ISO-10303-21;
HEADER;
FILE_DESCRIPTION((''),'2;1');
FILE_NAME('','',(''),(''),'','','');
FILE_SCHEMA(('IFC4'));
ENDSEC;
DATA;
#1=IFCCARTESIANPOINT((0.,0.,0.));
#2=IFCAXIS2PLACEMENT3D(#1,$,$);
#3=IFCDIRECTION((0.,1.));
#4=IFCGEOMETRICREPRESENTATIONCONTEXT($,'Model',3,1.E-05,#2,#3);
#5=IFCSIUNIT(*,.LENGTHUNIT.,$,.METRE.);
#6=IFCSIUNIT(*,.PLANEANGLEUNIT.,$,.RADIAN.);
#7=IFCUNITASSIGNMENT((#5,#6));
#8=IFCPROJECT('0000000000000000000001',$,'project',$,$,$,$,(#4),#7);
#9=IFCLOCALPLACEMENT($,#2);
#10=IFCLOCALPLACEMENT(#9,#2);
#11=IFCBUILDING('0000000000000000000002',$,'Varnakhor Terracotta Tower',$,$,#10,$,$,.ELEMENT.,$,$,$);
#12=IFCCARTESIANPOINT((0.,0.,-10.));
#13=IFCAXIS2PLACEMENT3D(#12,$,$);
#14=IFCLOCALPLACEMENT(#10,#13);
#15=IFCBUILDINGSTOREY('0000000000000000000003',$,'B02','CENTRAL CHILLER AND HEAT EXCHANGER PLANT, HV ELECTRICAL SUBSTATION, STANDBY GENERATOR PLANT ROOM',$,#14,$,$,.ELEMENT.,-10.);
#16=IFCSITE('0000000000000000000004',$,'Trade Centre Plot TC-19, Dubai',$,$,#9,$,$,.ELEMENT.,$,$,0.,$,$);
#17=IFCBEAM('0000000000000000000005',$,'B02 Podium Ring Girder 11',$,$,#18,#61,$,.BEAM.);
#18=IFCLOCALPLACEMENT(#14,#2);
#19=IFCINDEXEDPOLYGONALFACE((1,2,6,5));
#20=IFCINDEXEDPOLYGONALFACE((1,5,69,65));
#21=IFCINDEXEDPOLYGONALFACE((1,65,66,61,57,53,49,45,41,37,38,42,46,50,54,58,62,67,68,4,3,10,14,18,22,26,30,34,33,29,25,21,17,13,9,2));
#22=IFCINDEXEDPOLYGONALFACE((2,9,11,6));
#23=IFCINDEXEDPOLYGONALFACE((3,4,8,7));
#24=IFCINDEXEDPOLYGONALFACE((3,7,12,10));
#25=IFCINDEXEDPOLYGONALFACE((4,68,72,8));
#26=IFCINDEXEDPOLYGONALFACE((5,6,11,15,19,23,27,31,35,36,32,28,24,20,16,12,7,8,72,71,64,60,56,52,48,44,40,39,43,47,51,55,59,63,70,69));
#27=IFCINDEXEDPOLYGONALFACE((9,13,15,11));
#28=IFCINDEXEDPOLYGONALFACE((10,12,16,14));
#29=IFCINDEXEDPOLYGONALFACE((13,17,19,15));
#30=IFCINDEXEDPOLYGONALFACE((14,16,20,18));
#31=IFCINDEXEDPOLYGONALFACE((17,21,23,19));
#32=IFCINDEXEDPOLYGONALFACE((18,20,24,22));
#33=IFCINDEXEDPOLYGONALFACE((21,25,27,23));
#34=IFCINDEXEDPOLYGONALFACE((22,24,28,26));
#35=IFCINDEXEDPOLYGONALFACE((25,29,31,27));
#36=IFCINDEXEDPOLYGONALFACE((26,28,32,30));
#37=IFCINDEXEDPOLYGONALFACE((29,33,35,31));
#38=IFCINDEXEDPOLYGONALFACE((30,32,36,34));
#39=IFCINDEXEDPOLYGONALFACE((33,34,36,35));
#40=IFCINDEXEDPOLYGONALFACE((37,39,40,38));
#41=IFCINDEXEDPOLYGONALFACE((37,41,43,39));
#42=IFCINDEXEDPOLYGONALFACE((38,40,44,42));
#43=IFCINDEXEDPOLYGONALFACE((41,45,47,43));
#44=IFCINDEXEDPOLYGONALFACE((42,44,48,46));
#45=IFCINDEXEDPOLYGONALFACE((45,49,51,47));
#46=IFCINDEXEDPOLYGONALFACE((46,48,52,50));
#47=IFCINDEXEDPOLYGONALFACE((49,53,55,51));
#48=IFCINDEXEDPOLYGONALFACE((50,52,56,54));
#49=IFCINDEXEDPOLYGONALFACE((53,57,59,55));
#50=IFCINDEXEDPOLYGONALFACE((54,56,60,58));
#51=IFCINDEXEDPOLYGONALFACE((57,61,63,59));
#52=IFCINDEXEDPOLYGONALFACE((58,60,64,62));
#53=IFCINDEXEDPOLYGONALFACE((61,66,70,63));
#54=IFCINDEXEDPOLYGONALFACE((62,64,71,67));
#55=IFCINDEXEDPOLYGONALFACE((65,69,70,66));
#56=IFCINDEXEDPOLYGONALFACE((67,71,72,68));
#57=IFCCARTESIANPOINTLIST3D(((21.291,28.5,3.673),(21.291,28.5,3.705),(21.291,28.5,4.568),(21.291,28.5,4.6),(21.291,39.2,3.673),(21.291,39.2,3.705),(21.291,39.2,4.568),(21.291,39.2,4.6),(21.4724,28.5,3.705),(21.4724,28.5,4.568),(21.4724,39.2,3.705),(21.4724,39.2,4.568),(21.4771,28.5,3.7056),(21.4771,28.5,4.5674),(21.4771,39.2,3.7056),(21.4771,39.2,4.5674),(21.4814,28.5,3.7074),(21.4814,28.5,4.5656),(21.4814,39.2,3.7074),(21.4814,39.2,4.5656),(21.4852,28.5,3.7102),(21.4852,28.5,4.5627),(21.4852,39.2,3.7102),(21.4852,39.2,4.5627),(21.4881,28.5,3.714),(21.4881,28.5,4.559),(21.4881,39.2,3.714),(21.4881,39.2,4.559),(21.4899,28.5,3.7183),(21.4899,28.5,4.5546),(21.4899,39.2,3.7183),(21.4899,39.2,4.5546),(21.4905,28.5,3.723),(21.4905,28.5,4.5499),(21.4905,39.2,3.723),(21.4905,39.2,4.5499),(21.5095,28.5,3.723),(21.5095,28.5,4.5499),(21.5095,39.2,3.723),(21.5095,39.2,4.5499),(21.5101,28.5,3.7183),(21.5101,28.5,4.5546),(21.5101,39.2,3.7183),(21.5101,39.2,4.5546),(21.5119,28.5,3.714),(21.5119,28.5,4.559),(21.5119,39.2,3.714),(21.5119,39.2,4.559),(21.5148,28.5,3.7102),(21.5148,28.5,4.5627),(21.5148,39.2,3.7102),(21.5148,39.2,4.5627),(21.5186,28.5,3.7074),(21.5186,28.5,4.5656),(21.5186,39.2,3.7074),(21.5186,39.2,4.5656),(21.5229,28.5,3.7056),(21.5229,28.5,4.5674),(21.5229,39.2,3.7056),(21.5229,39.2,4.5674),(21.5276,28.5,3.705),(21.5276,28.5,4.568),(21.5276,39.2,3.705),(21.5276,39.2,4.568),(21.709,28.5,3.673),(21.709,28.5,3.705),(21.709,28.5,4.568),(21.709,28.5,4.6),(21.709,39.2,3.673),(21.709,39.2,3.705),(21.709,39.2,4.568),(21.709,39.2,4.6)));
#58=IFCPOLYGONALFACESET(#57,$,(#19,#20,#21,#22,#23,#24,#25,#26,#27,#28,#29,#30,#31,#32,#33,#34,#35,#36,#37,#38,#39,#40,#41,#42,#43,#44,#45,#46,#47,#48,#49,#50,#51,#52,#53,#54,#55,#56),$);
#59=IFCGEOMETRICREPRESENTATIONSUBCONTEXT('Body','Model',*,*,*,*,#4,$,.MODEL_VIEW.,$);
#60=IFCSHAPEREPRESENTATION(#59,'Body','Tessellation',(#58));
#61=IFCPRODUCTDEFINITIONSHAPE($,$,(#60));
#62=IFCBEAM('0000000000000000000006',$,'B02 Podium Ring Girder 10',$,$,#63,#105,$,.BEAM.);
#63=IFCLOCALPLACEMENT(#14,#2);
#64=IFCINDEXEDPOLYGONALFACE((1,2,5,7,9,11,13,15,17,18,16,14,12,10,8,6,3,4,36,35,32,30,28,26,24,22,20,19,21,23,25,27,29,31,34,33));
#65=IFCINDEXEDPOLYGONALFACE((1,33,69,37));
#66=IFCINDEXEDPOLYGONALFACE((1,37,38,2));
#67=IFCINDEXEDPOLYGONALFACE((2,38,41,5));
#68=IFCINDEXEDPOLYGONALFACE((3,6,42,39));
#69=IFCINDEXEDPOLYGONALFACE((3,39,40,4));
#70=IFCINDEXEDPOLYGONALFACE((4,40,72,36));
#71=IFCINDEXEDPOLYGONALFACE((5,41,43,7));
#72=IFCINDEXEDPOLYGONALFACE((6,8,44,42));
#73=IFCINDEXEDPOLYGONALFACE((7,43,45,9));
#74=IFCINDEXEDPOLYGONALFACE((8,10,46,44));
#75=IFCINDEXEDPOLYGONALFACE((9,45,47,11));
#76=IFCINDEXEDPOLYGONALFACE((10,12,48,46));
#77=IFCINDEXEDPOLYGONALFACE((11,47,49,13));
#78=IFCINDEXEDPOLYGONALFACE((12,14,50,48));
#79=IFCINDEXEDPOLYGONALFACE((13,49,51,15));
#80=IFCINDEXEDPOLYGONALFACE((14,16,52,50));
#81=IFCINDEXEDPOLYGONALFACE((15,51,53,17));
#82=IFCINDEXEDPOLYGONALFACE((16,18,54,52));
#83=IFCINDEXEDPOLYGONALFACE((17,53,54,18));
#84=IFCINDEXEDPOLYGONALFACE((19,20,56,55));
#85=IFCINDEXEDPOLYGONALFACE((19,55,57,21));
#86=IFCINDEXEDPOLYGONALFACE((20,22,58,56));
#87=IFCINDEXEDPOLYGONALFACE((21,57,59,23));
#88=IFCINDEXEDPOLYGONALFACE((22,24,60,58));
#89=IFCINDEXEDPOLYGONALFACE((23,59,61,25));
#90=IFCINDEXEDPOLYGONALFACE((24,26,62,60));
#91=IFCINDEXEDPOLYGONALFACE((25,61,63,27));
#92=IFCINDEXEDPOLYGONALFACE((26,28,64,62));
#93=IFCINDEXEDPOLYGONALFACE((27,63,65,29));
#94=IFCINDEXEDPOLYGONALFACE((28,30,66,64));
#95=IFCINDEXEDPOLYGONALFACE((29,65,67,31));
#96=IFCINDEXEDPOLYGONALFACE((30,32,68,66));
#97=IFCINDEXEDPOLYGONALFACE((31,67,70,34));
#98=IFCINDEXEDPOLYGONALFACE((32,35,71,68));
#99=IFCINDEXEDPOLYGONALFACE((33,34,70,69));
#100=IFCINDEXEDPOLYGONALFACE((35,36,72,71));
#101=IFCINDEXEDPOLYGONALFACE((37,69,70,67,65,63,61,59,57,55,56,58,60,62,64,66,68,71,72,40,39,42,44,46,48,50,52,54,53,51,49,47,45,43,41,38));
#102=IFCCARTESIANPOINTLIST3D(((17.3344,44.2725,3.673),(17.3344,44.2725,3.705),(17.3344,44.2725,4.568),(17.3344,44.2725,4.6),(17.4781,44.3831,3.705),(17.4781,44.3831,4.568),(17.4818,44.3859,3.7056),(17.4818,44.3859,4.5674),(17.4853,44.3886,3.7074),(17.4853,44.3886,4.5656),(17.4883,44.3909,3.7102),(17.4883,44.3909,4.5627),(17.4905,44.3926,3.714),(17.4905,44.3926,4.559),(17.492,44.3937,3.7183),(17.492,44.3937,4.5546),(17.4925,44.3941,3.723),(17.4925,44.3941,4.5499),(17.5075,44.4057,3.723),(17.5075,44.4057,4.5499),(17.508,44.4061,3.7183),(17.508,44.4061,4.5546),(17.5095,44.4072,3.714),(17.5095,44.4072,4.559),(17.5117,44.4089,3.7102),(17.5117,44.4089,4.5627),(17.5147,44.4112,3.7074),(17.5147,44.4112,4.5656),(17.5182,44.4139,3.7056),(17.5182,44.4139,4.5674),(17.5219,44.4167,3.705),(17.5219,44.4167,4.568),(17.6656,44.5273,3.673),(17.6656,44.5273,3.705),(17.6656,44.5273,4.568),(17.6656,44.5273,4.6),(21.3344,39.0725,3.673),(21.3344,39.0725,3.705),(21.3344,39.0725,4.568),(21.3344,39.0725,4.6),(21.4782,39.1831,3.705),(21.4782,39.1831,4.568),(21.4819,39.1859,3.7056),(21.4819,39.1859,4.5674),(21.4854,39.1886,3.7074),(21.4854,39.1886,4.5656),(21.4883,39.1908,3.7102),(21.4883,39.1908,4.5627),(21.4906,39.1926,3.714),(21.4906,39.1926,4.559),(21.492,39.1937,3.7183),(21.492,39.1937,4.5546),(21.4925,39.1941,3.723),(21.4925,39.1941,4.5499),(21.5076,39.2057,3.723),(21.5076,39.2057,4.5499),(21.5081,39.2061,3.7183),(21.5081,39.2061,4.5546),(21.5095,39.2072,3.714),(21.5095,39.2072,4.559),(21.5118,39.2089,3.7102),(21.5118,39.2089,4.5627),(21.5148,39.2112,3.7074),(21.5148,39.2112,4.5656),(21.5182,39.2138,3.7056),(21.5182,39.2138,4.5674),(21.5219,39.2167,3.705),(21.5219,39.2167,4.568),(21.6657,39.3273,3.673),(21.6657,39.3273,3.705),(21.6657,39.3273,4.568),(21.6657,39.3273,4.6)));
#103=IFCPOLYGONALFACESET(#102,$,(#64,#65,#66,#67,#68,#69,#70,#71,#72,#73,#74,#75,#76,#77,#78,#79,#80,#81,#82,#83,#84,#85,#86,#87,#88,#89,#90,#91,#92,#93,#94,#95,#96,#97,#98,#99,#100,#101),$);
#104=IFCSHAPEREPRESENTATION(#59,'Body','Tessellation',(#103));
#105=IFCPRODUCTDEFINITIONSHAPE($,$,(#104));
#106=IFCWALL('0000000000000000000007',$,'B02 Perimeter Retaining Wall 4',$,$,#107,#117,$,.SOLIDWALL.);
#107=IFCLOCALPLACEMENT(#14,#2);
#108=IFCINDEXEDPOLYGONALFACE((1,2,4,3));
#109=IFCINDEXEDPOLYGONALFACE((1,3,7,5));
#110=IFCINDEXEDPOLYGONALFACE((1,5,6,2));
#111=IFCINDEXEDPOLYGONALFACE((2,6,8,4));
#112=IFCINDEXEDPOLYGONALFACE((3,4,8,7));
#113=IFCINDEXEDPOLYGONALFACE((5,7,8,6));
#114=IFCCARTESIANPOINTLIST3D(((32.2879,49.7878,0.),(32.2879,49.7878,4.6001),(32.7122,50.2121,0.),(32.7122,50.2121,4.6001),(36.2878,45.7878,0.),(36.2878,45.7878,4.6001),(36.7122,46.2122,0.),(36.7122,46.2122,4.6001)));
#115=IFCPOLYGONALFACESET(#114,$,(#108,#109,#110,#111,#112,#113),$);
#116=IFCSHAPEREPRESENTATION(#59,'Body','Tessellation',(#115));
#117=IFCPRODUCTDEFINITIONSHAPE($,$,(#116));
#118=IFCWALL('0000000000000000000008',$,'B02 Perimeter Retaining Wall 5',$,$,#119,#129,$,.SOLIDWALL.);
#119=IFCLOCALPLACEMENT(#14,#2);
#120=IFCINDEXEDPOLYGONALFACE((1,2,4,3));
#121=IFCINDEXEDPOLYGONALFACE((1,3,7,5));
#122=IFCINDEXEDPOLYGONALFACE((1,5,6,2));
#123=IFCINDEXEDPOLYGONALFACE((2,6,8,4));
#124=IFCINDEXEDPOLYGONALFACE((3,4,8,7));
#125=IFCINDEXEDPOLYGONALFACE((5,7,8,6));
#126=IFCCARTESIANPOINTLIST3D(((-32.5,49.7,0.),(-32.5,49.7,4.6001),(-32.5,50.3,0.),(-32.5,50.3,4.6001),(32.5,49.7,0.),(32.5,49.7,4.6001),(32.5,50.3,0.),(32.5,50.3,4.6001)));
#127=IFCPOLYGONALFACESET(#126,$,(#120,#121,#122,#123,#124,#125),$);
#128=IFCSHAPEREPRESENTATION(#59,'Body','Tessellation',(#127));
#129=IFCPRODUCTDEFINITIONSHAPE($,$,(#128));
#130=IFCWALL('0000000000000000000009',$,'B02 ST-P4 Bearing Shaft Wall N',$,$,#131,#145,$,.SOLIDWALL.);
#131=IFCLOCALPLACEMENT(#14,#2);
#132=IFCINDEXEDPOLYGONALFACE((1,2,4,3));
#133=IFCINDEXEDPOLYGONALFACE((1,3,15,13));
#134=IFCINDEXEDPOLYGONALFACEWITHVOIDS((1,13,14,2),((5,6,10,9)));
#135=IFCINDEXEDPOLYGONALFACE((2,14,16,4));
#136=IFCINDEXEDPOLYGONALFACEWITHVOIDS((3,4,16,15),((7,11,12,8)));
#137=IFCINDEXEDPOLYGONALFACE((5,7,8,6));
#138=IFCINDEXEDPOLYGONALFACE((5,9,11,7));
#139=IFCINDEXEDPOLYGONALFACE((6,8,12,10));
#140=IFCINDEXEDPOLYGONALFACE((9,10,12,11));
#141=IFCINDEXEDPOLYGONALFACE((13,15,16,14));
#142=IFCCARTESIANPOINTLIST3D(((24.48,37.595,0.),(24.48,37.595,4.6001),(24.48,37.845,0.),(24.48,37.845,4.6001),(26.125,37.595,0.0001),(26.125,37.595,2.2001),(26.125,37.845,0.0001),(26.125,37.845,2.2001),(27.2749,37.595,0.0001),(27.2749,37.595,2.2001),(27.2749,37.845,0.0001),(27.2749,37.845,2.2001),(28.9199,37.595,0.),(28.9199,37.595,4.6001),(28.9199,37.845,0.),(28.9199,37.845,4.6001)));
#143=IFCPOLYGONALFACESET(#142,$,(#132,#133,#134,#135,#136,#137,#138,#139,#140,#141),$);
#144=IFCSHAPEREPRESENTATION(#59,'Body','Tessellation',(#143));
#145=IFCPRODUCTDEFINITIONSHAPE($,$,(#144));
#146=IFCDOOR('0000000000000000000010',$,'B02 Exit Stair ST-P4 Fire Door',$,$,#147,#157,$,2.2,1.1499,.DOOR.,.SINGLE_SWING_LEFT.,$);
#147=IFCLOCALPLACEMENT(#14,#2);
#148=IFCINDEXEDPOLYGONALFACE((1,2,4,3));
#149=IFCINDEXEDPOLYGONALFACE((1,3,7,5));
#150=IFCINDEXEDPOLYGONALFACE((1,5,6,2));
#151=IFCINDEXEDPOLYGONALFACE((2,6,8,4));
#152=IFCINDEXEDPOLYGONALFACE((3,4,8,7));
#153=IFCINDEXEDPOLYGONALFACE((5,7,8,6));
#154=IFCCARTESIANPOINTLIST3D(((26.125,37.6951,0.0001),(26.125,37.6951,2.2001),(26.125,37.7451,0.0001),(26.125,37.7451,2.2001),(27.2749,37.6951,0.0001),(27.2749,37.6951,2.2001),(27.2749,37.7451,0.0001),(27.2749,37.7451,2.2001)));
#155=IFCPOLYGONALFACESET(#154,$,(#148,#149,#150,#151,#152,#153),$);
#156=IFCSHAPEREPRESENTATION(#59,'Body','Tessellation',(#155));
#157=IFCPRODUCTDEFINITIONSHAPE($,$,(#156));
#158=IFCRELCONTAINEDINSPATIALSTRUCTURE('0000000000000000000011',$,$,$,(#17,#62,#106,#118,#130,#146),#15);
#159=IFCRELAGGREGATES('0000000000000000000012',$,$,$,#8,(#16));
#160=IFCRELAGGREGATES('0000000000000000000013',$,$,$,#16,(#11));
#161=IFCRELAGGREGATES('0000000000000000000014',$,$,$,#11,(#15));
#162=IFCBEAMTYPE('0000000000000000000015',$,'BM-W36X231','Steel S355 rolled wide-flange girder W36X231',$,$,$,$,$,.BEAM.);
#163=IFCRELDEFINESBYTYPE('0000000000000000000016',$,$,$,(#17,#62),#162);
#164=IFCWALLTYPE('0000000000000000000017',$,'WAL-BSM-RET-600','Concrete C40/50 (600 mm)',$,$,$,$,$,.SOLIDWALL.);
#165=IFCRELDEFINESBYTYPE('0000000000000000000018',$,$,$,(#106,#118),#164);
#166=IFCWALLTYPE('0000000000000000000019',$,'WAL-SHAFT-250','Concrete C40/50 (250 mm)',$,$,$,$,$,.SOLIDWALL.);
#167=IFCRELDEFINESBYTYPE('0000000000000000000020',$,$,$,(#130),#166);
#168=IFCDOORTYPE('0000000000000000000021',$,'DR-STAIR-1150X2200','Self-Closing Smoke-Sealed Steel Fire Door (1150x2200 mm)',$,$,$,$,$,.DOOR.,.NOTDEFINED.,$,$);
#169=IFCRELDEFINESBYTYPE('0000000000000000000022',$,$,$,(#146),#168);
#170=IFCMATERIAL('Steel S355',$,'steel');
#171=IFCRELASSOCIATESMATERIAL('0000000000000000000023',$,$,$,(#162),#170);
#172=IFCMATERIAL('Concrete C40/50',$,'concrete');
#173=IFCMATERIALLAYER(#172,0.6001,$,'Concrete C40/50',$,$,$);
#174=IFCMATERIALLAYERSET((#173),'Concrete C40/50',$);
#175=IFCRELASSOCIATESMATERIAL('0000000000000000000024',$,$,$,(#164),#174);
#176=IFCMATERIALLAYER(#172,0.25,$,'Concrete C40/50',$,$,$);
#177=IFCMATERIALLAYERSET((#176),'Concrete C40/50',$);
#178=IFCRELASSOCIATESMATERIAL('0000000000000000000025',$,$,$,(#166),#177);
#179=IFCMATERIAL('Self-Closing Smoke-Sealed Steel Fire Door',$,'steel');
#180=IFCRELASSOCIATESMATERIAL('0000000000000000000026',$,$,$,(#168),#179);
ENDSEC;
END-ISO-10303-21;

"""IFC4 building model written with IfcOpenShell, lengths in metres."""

from ifc_helpers import new_model, si_unit, direction, frame, frame_2d, origin, origin_2d, place, context, subcontext, project, spatial, rectangle, i_section, extrude, source, transform, mapped, material, layer, layer_set, material_profile, profile_set, type_object, type_shapes, element, fill, save


model = new_model("IFC4")

# Units and contexts
model_context = context("Model", 3, precision=1e-05, world=origin(), true_north=direction((0.0, 1.0)))
body_context = subcontext(model_context, "Body", "Model", "MODEL_VIEW")
ifc_project = project(units=[si_unit("LENGTHUNIT", "METRE"), si_unit("PLANEANGLEUNIT", "RADIAN")], contexts=[model_context])

# Site, building, storey
site_placement = place(None, origin())
site = spatial("IfcSite", under=ifc_project, at=site_placement, Name="Trade Centre Plot TC-19, Dubai", CompositionType="ELEMENT", RefElevation=0.0)
building_placement = place(site_placement, origin())
building = spatial("IfcBuilding", under=site, at=building_placement, Name="Varnakhor Terracotta Tower", CompositionType="ELEMENT")
storey_placement = place(building_placement, frame((0.0, 0.0, -10.0)))
storey = spatial("IfcBuildingStorey", under=building, at=storey_placement, Name="B02", Description="CENTRAL CHILLER AND HEAT EXCHANGER PLANT, HV ELECTRICAL SUBSTATION, STANDBY GENERATOR PLANT ROOM", CompositionType="ELEMENT", Elevation=-10.0)

# Shared definitions
ifc_material_1 = material(Name="Concrete C40/50", Category="concrete")

# Beams
ifc_material_2 = material(Name="Steel S355", Category="steel")
ifc_material_profile_1 = material_profile(ifc_material_2, i_section(OverallWidth=0.418, OverallDepth=0.927, WebThickness=0.019, FlangeThickness=0.032, FilletRadius=0.0181, at=origin_2d()), Name="W36X231")
ifc_profile_set_1 = profile_set([ifc_material_profile_1], Name="Steel S355")
beam_type = type_object("IfcBeamType", Name="BM-W36X231", Description="Steel S355 rolled wide-flange girder W36X231", PredefinedType="BEAM", material=ifc_profile_set_1)
shared_shape_1 = source(origin(), body_context, "Body", "SweptSolid", [
    extrude(i_section(OverallWidth=0.418, OverallDepth=0.927, WebThickness=0.019, FlangeThickness=0.032, FilletRadius=0.0181, at=origin_2d()), origin(), (0.0, 0.0, 1.0), 10.7),
])
beam_1_placement = place(storey_placement, frame((21.5, 39.2, 4.1365), z_axis=(0.0, -1.0, 0.0), x_axis=(1.0, 0.0, 0.0)))
element("IfcBeam", 1, at=beam_1_placement, inside=storey, type_object=beam_type, Name="B02 Podium Ring Girder 11", PredefinedType="BEAM", context=body_context, shape_type="MappedRepresentation", body=[
    mapped(shared_shape_1, transform((0.0, 0.0, 0.0), scale=1.0)),
])
shared_shape_2 = source(origin(), body_context, "Body", "SweptSolid", [
    extrude(i_section(OverallWidth=0.418, OverallDepth=0.927, WebThickness=0.019, FlangeThickness=0.032, FilletRadius=0.0181, at=origin_2d()), origin(), (0.0, 0.0, 1.0), 6.5605),
])
beam_2_placement = place(storey_placement, frame((17.5, 44.3999, 4.1365), z_axis=(0.609714, -0.792621, 0.0), x_axis=(0.792621, 0.609714, 0.0)))
element("IfcBeam", 2, at=beam_2_placement, inside=storey, type_object=beam_type, Name="B02 Podium Ring Girder 10", PredefinedType="BEAM", context=body_context, shape_type="MappedRepresentation", body=[
    mapped(shared_shape_2, transform((0.0, 0.0, 0.0), scale=1.0)),
])

# Walls
ifc_layer_1 = layer(ifc_material_1, 0.6001, Name="Concrete C40/50")
ifc_layer_set_1 = layer_set([ifc_layer_1], Name="Concrete C40/50")
wall_type_1 = type_object("IfcWallType", Name="WAL-BSM-RET-600", Description="Concrete C40/50 (600 mm)", PredefinedType="SOLIDWALL", material=ifc_layer_set_1)
wall_1_placement = place(storey_placement, frame((36.5, 46.0, 0.0), z_axis=(0.0, 0.0, 1.0), x_axis=(-0.707107, 0.707107, 0.0)))
element("IfcWall", 3, at=wall_1_placement, inside=storey, type_object=wall_type_1, Name="B02 Perimeter Retaining Wall 4", PredefinedType="SOLIDWALL", context=body_context, shape_type="SweptSolid", body=[
    extrude(rectangle(XDim=5.6567, YDim=0.6001, at=frame_2d((2.8284, 0.0))), origin(), (0.0, 0.0, 1.0), 4.6001),
])
wall_2_placement = place(storey_placement, frame((32.5, 50.0, 0.0), z_axis=(0.0, 0.0, 1.0), x_axis=(-1.0, 0.0, 0.0)))
element("IfcWall", 4, at=wall_2_placement, inside=storey, type_object=wall_type_1, Name="B02 Perimeter Retaining Wall 5", PredefinedType="SOLIDWALL", context=body_context, shape_type="SweptSolid", body=[
    extrude(rectangle(XDim=65.0, YDim=0.6001, at=frame_2d((32.5, 0.0))), origin(), (0.0, 0.0, 1.0), 4.6001),
])

# Wall, opening, door
ifc_layer_2 = layer(ifc_material_1, 0.25, Name="Concrete C40/50")
ifc_layer_set_2 = layer_set([ifc_layer_2], Name="Concrete C40/50")
wall_type_2 = type_object("IfcWallType", Name="WAL-SHAFT-250", Description="Concrete C40/50 (250 mm)", PredefinedType="SOLIDWALL", material=ifc_layer_set_2)
wall_3_placement = place(storey_placement, frame((28.9199, 37.72, 0.0), z_axis=(0.0, 0.0, 1.0), x_axis=(-1.0, 0.0, 0.0)))
wall_3 = element("IfcWall", 5, at=wall_3_placement, inside=storey, type_object=wall_type_2, Name="B02 ST-P4 Bearing Shaft Wall N", PredefinedType="SOLIDWALL", context=body_context, shape_type="SweptSolid", body=[
    extrude(rectangle(XDim=4.4399, YDim=0.25, at=frame_2d((2.22, 0.0))), origin(), (0.0, 0.0, 1.0), 4.6001),
])
opening_placement = place(wall_3_placement, frame((1.645, 0.0, 0.0)))
opening = element("IfcOpeningElement", 6, at=opening_placement, cuts=wall_3, PredefinedType="OPENING", context=body_context, shape_type="SweptSolid", body=[
    extrude(rectangle(XDim=1.1499, YDim=2.2, at=frame_2d((0.575, 1.1001))), frame((0.0, 0.135, 0.0), z_axis=(0.0, -1.0, 0.0), x_axis=(1.0, 0.0, 0.0)), (0.0, 0.0, 1.0), 0.27),
])
ifc_material_3 = material(Name="Self-Closing Smoke-Sealed Steel Fire Door", Category="steel")
door_type = type_object("IfcDoorType", Name="DR-STAIR-1150X2200", Description="Self-Closing Smoke-Sealed Steel Fire Door (1150x2200 mm)", OperationType="NOTDEFINED", PredefinedType="DOOR", material=ifc_material_3)
shared_shape_3 = source(origin(), body_context, "Body", "SweptSolid", [
    extrude(rectangle(XDim=1.1499, YDim=2.2, at=frame_2d((0.575, 1.1001))), frame((0.0, 0.0249, 0.0), z_axis=(0.0, -1.0, 0.0), x_axis=(1.0, 0.0, 0.0)), (0.0, 0.0, 1.0), 0.05),
])
type_shapes(door_type, [shared_shape_3])
door_placement = place(opening_placement, origin())
door = element("IfcDoor", 7, at=door_placement, inside=storey, type_object=door_type, Name="B02 Exit Stair ST-P4 Fire Door", OperationType="SINGLE_SWING_LEFT", OverallHeight=2.2, OverallWidth=1.1499, PredefinedType="DOOR", context=body_context, shape_type="MappedRepresentation", body=[
    mapped(shared_shape_3, transform((0.0, 0.0, 0.0), scale=1.0)),
])
fill(opening, door)

save(model, "model.ifc")
